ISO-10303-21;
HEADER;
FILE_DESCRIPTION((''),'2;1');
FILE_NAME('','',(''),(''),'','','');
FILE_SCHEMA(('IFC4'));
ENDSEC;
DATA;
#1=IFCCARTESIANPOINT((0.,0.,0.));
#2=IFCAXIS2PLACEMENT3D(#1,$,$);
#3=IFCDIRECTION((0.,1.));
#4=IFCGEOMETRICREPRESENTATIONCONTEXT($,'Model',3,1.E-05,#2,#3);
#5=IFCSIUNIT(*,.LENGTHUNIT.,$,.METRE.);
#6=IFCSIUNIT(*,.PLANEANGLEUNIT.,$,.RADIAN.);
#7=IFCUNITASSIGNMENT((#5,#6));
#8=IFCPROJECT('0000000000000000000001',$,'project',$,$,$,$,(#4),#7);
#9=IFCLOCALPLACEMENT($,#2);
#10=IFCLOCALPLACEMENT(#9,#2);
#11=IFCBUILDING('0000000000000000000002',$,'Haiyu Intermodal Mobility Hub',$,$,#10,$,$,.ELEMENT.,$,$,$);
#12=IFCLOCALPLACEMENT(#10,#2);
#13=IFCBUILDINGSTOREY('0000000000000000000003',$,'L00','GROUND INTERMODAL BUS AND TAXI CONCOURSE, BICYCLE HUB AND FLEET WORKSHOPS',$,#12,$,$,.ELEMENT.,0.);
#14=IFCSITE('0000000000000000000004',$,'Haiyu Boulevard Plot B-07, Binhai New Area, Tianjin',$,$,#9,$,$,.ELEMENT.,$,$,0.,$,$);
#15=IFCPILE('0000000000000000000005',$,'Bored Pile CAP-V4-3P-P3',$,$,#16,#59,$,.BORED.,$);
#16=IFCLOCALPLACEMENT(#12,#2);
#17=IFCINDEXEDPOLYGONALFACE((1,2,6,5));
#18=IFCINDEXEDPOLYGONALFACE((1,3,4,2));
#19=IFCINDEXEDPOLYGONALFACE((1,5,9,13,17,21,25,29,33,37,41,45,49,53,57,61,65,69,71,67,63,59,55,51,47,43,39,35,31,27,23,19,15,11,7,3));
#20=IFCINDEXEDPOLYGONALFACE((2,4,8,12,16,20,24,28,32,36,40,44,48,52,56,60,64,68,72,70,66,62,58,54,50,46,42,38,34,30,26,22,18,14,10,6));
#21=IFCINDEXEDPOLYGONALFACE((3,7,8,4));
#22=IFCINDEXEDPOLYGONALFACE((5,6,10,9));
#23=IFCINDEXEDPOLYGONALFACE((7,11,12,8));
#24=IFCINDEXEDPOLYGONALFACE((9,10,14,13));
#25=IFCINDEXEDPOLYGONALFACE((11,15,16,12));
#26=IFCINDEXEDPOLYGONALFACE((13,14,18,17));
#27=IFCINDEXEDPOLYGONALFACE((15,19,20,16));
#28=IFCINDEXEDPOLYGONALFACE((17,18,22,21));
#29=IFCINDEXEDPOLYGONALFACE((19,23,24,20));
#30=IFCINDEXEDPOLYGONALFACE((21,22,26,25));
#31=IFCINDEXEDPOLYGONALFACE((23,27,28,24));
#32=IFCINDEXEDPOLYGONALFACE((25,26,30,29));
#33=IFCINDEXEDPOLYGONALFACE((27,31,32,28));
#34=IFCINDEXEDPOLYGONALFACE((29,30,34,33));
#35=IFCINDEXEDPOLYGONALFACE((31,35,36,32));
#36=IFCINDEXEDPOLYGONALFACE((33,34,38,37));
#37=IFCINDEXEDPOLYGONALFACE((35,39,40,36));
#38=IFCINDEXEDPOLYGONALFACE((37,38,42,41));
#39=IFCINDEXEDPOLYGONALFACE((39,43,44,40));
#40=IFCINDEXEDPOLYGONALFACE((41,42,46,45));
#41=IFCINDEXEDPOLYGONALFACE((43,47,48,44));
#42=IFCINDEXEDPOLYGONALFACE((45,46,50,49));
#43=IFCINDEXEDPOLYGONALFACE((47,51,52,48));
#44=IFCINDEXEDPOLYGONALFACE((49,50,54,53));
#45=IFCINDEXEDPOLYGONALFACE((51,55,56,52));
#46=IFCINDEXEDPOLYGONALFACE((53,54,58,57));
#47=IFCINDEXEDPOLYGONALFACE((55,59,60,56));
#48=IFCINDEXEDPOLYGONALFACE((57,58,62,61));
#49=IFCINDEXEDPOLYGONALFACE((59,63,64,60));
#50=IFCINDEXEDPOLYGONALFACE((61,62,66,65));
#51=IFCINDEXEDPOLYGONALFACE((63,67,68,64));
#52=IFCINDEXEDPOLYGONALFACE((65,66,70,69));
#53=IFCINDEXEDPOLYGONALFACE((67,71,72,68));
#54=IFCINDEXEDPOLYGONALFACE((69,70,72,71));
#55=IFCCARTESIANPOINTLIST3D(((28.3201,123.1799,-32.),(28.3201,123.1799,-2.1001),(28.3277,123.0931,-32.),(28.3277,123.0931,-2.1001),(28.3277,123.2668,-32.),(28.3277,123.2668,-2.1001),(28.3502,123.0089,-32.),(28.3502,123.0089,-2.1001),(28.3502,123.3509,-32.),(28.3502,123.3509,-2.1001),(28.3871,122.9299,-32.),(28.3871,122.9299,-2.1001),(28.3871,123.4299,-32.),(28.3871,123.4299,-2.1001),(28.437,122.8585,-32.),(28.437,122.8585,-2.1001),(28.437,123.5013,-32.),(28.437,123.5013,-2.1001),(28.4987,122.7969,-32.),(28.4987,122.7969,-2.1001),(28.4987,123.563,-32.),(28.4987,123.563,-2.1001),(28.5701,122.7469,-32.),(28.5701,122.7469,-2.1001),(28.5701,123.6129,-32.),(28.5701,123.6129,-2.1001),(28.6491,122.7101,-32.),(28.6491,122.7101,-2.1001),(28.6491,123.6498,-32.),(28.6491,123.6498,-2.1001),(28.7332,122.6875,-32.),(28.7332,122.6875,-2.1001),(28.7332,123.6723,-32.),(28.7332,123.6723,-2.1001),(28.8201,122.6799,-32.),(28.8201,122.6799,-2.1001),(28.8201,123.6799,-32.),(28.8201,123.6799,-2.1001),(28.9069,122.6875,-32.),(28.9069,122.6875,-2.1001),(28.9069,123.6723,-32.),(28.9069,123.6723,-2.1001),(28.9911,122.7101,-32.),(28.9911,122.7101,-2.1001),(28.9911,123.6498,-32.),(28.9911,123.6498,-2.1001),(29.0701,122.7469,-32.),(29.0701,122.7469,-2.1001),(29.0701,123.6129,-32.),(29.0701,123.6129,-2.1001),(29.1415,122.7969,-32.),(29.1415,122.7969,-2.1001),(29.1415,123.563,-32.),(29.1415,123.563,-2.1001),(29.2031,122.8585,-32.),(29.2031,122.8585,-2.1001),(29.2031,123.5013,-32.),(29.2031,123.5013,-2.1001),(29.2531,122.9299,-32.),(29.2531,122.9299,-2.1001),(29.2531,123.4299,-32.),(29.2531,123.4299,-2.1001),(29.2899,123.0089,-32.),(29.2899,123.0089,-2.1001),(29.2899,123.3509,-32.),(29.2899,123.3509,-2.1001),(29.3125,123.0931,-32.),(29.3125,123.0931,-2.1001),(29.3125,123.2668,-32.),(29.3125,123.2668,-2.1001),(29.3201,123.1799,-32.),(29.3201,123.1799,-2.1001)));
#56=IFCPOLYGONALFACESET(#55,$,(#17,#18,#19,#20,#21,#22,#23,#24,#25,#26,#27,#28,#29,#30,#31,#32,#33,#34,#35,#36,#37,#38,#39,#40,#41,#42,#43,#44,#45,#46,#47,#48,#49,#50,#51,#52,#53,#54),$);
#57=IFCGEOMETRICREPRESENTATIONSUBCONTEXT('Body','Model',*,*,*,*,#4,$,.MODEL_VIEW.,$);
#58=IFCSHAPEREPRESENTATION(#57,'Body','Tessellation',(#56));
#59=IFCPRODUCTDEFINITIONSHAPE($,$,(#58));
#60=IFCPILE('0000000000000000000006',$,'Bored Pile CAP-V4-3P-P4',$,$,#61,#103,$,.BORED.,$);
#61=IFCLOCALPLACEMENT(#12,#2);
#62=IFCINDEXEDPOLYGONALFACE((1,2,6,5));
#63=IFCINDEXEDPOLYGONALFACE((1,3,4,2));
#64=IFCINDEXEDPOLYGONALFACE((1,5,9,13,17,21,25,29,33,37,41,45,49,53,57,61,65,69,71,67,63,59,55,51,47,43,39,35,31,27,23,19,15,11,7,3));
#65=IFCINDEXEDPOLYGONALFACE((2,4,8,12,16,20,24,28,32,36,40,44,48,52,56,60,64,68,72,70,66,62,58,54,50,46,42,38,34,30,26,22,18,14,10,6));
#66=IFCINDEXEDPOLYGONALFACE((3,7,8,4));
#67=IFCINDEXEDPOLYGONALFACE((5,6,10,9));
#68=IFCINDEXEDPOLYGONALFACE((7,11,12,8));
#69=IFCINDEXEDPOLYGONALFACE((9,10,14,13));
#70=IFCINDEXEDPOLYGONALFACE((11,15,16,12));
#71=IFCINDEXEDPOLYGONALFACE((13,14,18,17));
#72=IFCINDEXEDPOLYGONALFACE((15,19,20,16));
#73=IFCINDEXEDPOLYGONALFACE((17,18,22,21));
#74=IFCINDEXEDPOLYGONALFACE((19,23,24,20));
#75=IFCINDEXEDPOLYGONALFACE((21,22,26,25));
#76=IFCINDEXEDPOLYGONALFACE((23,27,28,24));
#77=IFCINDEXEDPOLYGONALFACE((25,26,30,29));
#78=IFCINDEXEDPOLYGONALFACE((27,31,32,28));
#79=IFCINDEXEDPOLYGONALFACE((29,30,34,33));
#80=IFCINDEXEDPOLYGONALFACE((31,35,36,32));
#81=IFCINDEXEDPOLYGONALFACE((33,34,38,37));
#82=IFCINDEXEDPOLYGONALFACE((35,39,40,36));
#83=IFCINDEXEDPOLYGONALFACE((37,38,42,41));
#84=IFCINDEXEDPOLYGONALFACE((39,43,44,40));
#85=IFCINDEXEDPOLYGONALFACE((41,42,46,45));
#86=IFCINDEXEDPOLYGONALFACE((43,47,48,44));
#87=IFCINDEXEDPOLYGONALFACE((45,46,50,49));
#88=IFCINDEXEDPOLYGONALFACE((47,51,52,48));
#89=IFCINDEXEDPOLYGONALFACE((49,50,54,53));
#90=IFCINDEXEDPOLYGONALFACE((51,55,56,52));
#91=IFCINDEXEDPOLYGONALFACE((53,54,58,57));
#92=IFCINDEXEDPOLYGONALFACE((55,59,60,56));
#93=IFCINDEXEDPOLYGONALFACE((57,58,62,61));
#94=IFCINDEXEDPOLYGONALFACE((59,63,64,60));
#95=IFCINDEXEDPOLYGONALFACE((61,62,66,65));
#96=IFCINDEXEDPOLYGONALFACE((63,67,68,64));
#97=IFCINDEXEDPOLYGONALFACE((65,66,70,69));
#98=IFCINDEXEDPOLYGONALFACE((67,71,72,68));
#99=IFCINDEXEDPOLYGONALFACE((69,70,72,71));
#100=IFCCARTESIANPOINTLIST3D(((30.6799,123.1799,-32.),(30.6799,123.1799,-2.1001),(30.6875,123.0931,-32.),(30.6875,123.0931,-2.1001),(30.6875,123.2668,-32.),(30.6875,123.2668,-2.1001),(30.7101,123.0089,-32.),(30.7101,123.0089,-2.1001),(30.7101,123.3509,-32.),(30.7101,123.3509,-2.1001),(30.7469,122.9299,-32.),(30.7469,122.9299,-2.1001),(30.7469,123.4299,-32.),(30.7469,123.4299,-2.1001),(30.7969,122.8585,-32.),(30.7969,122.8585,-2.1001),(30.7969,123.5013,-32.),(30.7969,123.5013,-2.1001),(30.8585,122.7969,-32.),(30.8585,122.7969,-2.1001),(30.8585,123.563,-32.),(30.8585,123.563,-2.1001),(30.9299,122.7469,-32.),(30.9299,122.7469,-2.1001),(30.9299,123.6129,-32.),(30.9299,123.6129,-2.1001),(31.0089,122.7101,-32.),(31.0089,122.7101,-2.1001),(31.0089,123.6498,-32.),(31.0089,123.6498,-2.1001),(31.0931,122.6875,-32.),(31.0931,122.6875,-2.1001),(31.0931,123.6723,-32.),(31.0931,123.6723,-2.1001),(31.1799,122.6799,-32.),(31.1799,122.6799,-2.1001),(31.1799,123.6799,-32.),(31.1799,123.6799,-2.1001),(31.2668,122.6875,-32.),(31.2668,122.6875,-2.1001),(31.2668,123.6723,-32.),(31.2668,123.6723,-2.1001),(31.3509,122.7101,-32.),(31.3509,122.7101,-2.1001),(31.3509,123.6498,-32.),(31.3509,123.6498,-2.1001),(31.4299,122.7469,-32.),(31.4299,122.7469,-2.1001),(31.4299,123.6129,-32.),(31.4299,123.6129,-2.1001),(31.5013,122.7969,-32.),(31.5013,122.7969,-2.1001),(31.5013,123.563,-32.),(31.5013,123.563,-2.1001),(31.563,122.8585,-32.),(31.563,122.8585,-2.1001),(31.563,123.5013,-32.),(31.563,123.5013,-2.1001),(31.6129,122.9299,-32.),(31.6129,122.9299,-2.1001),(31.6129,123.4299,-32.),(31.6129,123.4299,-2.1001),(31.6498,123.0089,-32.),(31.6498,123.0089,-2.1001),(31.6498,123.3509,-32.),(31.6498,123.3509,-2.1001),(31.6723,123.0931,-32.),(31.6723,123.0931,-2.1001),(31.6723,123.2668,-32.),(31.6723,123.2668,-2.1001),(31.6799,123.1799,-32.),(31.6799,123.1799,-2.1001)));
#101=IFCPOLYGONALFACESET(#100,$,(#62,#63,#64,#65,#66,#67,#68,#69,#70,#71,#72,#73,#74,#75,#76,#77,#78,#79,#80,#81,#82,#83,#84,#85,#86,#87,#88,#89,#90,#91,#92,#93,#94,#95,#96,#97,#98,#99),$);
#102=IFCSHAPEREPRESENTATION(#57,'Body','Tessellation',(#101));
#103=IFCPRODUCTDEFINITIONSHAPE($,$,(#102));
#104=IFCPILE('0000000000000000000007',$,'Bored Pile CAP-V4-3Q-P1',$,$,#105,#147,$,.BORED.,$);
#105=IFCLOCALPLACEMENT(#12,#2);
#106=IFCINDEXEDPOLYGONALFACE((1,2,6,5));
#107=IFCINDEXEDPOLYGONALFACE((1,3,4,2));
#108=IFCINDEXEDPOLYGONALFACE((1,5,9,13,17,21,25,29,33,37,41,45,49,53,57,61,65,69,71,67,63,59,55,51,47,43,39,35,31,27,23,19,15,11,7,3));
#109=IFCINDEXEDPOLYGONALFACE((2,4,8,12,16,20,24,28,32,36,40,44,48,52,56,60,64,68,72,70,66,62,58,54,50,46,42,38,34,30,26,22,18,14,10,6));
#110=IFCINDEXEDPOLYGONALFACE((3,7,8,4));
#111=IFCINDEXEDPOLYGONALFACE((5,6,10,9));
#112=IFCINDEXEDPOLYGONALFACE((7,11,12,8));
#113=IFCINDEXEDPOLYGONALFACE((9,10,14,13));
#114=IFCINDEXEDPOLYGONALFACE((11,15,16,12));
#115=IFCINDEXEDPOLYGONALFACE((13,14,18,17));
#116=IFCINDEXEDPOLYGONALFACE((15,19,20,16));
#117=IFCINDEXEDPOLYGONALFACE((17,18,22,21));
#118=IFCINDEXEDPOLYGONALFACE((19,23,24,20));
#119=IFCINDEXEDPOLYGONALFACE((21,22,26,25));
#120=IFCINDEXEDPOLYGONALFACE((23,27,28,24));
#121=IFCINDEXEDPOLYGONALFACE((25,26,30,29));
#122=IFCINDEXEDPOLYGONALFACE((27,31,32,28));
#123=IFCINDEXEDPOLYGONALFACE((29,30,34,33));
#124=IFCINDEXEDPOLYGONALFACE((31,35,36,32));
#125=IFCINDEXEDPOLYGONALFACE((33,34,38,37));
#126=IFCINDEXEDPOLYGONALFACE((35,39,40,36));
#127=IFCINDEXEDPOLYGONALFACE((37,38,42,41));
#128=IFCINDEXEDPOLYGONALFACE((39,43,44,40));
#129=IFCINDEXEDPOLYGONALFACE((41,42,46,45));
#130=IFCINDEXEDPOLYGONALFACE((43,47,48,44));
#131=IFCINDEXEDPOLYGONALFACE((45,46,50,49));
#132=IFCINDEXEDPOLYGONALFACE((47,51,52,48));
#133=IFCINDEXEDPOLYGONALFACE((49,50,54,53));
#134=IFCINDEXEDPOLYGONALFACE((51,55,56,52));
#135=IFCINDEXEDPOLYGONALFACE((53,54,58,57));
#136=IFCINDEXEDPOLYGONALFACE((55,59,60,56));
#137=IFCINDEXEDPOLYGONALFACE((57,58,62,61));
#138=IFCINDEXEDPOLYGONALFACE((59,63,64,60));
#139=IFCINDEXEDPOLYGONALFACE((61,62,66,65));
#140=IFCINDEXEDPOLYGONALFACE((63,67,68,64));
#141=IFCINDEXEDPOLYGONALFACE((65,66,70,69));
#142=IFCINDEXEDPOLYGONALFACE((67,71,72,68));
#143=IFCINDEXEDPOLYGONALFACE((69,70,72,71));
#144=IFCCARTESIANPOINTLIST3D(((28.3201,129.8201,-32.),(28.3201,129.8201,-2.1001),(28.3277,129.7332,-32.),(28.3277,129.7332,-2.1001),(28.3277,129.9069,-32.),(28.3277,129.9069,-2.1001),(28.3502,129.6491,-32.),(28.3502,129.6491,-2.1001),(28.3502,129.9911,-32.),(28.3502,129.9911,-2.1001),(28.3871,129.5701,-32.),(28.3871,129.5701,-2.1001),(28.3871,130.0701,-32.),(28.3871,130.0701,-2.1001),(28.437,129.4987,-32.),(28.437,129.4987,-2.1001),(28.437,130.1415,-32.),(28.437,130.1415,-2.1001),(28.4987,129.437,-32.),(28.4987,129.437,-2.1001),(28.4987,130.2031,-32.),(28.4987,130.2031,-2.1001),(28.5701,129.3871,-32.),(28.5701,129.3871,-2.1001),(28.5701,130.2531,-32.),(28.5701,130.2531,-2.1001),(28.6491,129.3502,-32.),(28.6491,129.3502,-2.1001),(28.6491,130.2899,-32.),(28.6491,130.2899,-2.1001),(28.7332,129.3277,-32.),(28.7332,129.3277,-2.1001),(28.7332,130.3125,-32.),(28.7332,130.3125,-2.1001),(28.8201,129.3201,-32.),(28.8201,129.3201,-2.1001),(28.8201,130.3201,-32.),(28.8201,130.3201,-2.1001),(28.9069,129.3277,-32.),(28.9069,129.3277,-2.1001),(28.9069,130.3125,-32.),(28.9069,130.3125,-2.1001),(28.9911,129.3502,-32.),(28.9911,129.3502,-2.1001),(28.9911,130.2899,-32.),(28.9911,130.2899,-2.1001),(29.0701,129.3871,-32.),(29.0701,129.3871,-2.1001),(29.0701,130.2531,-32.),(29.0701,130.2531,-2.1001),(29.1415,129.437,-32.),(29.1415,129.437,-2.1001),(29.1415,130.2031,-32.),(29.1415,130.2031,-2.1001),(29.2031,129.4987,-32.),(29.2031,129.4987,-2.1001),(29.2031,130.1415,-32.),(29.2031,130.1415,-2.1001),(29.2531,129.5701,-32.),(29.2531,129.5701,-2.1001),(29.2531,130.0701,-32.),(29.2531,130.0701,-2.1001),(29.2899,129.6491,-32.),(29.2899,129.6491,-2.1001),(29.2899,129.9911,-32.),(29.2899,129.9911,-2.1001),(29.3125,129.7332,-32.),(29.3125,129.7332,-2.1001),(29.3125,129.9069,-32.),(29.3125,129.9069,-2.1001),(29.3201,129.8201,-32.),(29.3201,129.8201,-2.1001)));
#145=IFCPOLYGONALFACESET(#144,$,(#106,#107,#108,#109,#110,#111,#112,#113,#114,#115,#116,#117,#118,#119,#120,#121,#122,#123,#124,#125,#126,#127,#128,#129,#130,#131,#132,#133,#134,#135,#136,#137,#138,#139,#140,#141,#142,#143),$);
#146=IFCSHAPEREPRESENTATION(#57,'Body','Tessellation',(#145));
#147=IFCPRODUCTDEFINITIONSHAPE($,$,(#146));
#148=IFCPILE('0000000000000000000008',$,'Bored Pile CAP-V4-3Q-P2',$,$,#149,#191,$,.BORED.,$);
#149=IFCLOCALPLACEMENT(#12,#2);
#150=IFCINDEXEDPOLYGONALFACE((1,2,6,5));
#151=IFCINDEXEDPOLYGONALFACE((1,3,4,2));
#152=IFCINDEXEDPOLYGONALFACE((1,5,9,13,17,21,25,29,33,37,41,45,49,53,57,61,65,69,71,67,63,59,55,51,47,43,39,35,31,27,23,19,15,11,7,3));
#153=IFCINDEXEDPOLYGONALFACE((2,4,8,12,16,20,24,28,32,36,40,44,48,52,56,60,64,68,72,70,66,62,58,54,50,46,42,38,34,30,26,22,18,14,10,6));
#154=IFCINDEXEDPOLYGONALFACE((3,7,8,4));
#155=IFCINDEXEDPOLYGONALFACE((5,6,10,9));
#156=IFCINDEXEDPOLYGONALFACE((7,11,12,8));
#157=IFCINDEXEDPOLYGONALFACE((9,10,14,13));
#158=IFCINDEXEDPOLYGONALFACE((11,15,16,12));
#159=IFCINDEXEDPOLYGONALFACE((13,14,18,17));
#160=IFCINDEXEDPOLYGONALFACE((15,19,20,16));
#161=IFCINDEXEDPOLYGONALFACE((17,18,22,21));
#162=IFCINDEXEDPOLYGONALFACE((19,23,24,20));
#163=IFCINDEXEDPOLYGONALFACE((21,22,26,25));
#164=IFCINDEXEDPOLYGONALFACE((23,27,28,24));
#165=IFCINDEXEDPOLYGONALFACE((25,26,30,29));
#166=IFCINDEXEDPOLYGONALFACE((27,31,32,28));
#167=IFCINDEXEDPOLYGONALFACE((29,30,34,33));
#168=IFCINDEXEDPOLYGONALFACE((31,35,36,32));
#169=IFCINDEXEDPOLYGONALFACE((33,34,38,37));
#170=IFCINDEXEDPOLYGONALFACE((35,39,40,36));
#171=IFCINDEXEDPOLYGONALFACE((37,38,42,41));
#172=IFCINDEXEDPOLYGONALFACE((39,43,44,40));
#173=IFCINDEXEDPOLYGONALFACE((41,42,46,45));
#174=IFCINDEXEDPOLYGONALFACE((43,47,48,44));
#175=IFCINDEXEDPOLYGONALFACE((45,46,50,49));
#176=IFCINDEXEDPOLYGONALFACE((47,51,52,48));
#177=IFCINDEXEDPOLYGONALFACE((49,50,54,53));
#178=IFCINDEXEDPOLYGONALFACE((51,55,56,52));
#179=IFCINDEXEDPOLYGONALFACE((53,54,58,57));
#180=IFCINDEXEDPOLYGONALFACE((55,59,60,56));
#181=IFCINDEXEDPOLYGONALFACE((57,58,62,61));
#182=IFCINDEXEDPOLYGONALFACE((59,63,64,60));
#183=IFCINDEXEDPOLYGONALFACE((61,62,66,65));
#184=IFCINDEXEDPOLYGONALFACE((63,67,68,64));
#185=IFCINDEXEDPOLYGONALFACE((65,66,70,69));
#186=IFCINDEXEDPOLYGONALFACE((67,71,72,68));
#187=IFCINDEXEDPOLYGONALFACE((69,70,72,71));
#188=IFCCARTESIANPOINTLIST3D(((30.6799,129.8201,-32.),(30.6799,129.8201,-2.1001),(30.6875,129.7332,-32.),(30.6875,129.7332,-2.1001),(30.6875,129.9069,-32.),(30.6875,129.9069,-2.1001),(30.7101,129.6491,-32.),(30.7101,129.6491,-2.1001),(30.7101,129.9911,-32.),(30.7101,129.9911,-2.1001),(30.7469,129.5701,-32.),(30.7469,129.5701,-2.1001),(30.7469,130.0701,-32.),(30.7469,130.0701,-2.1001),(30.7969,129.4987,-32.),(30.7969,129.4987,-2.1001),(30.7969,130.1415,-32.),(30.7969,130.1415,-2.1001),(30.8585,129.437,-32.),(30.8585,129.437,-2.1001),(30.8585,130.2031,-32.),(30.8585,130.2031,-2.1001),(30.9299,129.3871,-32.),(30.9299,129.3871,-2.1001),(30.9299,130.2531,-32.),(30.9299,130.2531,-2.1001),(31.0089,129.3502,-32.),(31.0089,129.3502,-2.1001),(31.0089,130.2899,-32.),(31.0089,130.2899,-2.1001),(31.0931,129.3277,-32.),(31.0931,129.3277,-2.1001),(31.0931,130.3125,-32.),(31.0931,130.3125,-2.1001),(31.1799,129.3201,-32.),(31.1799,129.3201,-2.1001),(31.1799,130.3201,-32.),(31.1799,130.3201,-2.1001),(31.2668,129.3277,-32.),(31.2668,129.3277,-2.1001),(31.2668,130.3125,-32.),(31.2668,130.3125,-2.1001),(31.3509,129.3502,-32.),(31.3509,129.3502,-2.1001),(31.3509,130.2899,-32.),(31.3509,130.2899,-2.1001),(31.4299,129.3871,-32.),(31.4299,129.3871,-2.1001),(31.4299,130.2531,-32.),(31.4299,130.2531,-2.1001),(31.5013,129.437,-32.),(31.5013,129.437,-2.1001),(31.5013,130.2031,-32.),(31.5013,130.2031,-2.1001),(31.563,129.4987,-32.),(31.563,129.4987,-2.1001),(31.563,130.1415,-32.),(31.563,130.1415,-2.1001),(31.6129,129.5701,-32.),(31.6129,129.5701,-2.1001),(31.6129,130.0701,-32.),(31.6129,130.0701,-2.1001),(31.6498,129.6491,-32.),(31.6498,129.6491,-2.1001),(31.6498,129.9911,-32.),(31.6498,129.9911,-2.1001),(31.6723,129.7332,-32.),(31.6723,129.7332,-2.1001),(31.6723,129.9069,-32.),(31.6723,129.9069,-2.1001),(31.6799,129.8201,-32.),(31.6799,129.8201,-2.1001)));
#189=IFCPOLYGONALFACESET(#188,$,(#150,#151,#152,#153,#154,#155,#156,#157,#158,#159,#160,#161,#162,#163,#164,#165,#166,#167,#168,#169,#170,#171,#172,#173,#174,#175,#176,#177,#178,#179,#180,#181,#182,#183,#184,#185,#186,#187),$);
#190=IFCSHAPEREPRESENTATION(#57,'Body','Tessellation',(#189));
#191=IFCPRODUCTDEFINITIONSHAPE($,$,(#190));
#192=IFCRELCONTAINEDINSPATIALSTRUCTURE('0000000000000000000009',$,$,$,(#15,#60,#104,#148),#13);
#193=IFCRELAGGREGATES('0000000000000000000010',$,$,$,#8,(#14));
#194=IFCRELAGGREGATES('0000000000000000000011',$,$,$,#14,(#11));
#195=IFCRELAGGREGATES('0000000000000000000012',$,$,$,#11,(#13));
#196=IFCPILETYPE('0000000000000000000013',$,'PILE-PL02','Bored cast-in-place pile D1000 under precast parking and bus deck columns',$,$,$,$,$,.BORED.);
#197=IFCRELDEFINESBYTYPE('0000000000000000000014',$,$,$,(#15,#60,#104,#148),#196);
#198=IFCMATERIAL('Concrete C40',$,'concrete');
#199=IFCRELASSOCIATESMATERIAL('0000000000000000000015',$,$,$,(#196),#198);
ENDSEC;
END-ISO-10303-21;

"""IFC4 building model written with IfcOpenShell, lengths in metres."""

from ifc_helpers import new_model, si_unit, direction, frame, origin, origin_2d, place, context, subcontext, project, spatial, circle, extrude, material, material_profile, profile_set, type_object, element, save


model = new_model("IFC4")

# Units and contexts
model_context = context("Model", 3, precision=1e-05, world=origin(), true_north=direction((0.0, 1.0)))
body_context = subcontext(model_context, "Body", "Model", "MODEL_VIEW")
ifc_project = project(units=[si_unit("LENGTHUNIT", "METRE"), si_unit("PLANEANGLEUNIT", "RADIAN")], contexts=[model_context])

# Site, building, storey
site_placement = place(None, origin())
site = spatial("IfcSite", under=ifc_project, at=site_placement, Name="Haiyu Boulevard Plot B-07, Binhai New Area, Tianjin", CompositionType="ELEMENT", RefElevation=0.0)
building_placement = place(site_placement, origin())
building = spatial("IfcBuilding", under=site, at=building_placement, Name="Haiyu Intermodal Mobility Hub", CompositionType="ELEMENT")
storey_placement = place(building_placement, origin())
storey = spatial("IfcBuildingStorey", under=building, at=storey_placement, Name="L00", Description="GROUND INTERMODAL BUS AND TAXI CONCOURSE, BICYCLE HUB AND FLEET WORKSHOPS", CompositionType="ELEMENT", Elevation=0.0)

# Shared definitions
ifc_material_1 = material(Name="Concrete C40", Category="concrete")

# Piles
ifc_material_profile_1 = material_profile(ifc_material_1, circle(Radius=0.5, at=origin_2d()), Name="PILE-D1000")
ifc_profile_set_1 = profile_set([ifc_material_profile_1], Name="Concrete C40")
pile_type = type_object("IfcPileType", Name="PILE-PL02", Description="Bored cast-in-place pile D1000 under precast parking and bus deck columns", PredefinedType="BORED", material=ifc_profile_set_1)
for number, where, z_axis, x_axis, name in (
    (1, (28.8201, 123.1799, -2.1001), (0.0, 0.0, -1.0), (1.0, 0.0, 0.0), "Bored Pile CAP-V4-3P-P3"),
    (2, (31.1799, 123.1799, -2.1001), (0.0, 0.0, -1.0), (1.0, 0.0, 0.0), "Bored Pile CAP-V4-3P-P4"),
    (3, (28.8201, 129.8201, -2.1001), (0.0, 0.0, -1.0), (1.0, 0.0, 0.0), "Bored Pile CAP-V4-3Q-P1"),
    (4, (31.1799, 129.8201, -2.1001), (0.0, 0.0, -1.0), (1.0, 0.0, 0.0), "Bored Pile CAP-V4-3Q-P2"),
):
    element("IfcPile", number, at=place(storey_placement, frame(where, z_axis=z_axis, x_axis=x_axis)), inside=storey, type_object=pile_type, Name=name, PredefinedType="BORED", context=body_context, shape_type="SweptSolid", body=[
        extrude(circle(Radius=0.5, at=origin_2d()), origin(), (0.0, 0.0, 1.0), 29.8999),
    ])

save(model, "model.ifc")
